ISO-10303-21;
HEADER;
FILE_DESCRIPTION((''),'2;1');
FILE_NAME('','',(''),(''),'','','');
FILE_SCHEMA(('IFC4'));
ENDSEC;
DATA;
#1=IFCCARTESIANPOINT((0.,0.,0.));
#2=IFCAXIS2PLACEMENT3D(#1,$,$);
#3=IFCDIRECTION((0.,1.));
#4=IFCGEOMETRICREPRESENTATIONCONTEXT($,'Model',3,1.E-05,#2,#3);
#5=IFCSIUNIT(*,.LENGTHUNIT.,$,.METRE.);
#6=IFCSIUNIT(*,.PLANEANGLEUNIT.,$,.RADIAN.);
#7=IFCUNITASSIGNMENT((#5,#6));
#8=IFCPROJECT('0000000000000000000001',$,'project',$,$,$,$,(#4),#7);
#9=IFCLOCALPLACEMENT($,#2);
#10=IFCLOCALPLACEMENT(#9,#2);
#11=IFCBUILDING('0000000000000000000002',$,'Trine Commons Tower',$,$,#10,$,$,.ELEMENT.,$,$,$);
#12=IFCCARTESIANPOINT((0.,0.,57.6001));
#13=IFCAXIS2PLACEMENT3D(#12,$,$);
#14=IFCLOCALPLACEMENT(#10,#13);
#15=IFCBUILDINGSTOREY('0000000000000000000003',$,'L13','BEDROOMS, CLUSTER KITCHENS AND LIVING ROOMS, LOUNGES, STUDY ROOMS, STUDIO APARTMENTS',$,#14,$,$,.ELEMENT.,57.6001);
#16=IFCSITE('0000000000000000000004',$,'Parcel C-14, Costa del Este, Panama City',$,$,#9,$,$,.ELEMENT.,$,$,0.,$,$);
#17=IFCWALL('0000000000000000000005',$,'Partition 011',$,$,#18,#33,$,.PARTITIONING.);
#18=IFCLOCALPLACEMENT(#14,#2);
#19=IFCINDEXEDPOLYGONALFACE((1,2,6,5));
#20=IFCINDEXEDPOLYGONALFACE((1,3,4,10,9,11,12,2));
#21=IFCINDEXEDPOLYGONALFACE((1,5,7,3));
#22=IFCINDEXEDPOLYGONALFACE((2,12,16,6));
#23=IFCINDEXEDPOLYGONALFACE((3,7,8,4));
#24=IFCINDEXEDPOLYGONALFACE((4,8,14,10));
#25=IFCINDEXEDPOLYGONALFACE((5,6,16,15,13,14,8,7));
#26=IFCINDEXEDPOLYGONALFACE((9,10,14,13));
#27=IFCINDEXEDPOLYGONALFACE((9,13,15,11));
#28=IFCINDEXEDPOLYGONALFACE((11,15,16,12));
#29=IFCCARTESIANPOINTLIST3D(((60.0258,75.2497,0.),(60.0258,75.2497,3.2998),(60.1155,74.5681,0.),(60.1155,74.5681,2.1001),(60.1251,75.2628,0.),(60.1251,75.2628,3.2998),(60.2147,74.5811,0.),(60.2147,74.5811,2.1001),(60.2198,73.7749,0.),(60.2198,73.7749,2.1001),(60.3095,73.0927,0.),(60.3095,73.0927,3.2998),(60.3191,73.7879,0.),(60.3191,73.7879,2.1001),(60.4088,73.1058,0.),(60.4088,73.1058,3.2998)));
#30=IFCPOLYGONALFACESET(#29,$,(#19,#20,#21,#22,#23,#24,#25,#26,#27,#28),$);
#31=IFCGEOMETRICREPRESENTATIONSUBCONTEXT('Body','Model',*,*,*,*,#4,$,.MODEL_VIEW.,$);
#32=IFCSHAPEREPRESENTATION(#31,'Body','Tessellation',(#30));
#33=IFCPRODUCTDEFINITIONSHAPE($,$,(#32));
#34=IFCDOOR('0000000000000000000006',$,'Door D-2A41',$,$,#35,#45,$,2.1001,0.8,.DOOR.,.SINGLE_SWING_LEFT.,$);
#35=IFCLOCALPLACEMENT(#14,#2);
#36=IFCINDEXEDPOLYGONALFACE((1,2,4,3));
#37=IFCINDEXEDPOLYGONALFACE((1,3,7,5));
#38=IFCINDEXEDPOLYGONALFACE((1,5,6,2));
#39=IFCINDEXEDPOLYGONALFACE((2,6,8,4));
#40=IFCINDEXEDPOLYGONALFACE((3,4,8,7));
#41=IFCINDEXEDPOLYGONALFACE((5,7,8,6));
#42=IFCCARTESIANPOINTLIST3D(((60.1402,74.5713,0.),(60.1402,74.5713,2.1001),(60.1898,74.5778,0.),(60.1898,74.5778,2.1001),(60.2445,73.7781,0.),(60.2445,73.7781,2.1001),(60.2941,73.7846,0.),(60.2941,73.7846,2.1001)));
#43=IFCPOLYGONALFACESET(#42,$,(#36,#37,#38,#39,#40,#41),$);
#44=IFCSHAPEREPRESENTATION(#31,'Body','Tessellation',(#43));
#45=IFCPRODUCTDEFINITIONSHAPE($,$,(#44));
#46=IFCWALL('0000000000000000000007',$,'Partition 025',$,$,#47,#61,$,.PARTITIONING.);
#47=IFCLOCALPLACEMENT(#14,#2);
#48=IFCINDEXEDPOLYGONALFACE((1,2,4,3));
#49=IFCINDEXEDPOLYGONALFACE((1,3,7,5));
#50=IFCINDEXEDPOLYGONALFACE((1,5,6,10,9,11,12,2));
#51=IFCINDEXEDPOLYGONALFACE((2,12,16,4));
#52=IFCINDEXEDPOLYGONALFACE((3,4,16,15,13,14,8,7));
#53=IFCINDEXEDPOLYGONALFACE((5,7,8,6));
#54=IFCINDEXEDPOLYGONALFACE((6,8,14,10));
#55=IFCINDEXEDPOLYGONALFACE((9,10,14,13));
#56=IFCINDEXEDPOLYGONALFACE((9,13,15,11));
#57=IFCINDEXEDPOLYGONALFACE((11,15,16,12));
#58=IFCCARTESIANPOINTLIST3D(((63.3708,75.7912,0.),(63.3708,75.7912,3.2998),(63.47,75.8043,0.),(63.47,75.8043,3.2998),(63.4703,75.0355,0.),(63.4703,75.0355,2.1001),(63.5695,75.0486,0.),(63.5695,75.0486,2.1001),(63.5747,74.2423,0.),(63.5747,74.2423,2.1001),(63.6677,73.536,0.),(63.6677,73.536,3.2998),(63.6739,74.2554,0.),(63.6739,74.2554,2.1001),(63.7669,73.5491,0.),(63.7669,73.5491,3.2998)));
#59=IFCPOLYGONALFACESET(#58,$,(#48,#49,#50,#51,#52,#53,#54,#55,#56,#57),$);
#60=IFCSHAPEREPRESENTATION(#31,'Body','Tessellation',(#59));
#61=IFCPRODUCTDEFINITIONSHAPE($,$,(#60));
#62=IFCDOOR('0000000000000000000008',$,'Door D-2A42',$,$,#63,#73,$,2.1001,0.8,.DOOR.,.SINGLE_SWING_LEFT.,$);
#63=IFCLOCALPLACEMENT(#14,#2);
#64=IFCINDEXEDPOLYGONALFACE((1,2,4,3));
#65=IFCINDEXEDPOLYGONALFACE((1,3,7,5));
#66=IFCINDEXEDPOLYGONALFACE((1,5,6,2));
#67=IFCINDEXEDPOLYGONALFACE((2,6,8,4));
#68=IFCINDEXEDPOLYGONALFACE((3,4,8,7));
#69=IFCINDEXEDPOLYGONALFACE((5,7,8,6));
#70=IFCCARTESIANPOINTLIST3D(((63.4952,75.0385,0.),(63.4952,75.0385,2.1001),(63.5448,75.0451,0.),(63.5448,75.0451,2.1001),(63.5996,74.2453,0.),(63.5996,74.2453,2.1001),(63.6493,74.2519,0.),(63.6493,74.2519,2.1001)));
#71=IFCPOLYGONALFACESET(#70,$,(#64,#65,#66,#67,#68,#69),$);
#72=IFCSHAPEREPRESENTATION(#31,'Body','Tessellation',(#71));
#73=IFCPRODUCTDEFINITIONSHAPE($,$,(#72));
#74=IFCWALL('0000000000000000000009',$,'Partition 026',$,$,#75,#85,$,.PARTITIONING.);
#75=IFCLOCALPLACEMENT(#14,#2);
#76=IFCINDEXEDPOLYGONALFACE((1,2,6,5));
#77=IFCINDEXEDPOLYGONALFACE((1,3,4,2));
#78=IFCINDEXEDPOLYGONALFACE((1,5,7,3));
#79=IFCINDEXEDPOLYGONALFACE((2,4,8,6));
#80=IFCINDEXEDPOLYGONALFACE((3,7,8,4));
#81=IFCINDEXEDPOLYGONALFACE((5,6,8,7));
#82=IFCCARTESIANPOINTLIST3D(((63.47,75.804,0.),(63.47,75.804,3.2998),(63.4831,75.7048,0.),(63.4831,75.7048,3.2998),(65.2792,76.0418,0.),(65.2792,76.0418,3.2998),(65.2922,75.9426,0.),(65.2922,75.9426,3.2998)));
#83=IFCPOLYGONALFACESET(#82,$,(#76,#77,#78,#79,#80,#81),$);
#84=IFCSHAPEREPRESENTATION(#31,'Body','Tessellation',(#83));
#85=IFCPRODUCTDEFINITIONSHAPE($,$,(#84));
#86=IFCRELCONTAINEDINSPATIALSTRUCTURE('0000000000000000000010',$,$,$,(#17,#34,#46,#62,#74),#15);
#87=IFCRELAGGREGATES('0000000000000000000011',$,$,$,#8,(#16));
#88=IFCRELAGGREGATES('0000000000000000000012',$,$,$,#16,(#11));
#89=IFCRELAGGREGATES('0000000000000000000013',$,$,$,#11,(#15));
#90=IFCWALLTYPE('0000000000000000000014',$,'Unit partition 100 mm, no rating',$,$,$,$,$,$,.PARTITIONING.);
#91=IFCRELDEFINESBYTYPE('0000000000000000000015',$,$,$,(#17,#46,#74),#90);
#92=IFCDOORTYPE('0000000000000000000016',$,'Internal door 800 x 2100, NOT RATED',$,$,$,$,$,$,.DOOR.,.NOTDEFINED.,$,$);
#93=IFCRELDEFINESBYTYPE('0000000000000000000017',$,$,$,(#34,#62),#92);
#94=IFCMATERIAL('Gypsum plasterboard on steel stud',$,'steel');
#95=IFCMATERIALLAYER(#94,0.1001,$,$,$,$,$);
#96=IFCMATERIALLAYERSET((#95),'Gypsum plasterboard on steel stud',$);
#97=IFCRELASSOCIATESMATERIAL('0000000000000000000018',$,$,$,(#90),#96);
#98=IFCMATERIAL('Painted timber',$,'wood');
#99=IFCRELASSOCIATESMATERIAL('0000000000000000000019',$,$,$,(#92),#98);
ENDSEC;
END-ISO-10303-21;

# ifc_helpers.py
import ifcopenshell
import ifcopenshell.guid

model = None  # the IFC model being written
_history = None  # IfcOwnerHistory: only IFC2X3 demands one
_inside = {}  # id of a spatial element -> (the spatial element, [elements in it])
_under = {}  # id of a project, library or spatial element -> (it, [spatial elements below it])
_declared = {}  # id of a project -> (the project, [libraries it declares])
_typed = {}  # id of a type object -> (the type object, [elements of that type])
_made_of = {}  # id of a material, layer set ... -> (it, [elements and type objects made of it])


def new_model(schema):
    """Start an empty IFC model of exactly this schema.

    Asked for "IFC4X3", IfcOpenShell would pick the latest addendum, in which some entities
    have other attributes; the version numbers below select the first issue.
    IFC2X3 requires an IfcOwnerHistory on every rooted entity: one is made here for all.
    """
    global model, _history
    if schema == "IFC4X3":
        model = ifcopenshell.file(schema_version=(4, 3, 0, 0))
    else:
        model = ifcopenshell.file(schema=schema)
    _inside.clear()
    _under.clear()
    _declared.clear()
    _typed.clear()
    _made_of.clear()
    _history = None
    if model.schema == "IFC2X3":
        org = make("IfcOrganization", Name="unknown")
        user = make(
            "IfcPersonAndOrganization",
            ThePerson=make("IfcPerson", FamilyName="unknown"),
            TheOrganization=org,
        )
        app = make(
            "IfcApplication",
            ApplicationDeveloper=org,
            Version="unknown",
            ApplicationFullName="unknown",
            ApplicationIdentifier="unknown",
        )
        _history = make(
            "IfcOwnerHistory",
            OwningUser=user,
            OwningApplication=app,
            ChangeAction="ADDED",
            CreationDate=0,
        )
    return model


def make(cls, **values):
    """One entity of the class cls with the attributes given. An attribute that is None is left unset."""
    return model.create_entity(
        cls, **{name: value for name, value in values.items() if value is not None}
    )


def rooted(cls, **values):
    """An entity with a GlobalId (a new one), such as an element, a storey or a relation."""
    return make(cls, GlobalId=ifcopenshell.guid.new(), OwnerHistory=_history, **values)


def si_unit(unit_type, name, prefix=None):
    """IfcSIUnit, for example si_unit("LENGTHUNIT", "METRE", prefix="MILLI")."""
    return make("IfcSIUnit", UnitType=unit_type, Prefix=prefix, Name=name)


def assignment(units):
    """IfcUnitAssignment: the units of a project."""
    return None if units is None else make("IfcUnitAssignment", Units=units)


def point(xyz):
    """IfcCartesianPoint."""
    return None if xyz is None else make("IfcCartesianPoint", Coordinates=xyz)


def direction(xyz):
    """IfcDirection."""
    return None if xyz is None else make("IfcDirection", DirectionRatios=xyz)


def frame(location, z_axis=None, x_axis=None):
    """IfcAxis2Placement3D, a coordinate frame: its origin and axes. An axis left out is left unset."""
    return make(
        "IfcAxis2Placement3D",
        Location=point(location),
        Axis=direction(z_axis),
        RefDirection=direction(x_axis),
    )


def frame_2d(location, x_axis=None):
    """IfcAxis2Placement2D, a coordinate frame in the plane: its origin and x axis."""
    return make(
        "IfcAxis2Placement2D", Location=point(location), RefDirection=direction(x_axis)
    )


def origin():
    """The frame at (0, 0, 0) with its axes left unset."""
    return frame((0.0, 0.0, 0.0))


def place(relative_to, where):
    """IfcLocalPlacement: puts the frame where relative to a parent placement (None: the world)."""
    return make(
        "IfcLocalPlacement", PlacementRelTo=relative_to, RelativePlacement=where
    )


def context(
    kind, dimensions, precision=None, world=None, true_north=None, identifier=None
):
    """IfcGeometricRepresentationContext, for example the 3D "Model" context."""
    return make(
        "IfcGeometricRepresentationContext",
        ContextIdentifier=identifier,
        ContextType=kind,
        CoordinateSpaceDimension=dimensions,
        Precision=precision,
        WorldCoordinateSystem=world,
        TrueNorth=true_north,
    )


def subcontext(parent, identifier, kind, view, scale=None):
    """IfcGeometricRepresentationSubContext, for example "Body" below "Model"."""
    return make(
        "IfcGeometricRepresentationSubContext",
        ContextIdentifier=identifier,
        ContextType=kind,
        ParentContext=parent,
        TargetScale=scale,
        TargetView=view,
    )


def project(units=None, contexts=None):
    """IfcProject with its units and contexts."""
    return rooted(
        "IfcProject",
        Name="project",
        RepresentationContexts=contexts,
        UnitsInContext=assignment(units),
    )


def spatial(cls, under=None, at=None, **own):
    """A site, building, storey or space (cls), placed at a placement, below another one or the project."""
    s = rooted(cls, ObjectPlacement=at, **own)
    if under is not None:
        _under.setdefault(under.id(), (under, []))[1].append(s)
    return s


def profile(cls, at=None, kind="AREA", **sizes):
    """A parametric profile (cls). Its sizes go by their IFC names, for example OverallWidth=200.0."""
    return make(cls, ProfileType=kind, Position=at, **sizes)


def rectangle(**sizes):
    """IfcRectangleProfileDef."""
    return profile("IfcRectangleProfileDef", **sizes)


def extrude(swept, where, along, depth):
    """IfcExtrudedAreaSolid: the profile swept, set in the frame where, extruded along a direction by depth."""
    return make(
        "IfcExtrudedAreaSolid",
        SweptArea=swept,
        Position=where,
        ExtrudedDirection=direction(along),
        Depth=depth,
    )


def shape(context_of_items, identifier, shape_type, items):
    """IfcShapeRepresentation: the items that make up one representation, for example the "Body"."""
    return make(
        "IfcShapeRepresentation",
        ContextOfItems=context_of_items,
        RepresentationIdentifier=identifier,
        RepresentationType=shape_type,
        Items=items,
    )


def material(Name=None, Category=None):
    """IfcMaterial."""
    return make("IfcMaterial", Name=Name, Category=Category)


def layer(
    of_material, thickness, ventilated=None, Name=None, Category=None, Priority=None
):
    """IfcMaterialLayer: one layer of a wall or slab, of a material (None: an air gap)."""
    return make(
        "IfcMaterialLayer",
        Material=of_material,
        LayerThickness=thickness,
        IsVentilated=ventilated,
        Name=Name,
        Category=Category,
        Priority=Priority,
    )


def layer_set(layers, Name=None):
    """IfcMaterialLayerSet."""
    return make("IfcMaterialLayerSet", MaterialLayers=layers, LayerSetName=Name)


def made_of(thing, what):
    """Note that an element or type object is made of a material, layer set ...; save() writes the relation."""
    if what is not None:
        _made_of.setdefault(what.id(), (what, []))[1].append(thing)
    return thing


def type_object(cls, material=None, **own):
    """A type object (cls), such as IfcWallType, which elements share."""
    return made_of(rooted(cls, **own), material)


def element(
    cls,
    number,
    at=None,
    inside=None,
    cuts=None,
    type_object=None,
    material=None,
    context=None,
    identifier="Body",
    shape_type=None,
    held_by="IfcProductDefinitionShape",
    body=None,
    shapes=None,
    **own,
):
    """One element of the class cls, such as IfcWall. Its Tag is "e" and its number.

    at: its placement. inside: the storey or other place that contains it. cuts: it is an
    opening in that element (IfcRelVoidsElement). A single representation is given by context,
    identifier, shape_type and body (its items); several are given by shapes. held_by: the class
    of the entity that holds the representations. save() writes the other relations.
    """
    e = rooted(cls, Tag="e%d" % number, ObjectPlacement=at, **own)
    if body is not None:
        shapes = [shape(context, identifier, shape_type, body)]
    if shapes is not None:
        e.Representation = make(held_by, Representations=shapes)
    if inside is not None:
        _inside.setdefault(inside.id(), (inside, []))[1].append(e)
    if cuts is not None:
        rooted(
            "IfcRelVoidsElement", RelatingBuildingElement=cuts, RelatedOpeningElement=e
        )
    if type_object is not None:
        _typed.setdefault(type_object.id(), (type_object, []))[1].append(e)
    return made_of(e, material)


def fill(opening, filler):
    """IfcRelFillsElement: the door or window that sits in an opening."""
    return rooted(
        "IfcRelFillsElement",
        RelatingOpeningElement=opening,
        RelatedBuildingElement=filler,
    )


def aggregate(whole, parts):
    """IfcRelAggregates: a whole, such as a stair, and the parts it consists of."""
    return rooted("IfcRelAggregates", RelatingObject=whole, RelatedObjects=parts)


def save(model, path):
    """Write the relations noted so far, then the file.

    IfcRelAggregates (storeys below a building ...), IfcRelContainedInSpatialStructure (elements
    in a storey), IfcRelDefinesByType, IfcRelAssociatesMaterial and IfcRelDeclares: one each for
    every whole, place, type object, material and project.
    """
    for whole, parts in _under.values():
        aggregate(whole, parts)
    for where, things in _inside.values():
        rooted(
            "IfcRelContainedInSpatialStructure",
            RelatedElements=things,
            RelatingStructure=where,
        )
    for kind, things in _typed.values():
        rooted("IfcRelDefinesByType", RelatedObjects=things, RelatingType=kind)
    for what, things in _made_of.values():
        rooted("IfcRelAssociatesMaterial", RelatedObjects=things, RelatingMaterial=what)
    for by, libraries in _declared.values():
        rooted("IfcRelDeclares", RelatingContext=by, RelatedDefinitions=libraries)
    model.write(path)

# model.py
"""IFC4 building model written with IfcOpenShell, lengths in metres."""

from ifc_helpers import new_model, si_unit, direction, frame, frame_2d, origin, place, context, subcontext, project, spatial, rectangle, extrude, material, layer, layer_set, type_object, element, fill, save


model = new_model("IFC4")

# Units and contexts
model_context = context("Model", 3, precision=1e-05, world=origin(), true_north=direction((0.0, 1.0)))
body_context = subcontext(model_context, "Body", "Model", "MODEL_VIEW")
ifc_project = project(units=[si_unit("LENGTHUNIT", "METRE"), si_unit("PLANEANGLEUNIT", "RADIAN")], contexts=[model_context])

# Site, building, storey
site_placement = place(None, origin())
site = spatial("IfcSite", under=ifc_project, at=site_placement, Name="Parcel C-14, Costa del Este, Panama City", CompositionType="ELEMENT", RefElevation=0.0)
building_placement = place(site_placement, origin())
building = spatial("IfcBuilding", under=site, at=building_placement, Name="Trine Commons Tower", CompositionType="ELEMENT")
storey_placement = place(building_placement, frame((0.0, 0.0, 57.6001)))
storey = spatial("IfcBuildingStorey", under=building, at=storey_placement, Name="L13", Description="BEDROOMS, CLUSTER KITCHENS AND LIVING ROOMS, LOUNGES, STUDY ROOMS, STUDIO APARTMENTS", CompositionType="ELEMENT", Elevation=57.6001)

# Shared definitions
ifc_material_1 = material(Name="Gypsum plasterboard on steel stud", Category="steel")

# Shared definitions
ifc_layer_1 = layer(ifc_material_1, 0.1001)
ifc_layer_set_1 = layer_set([ifc_layer_1], Name="Gypsum plasterboard on steel stud")
wall_type_1 = type_object("IfcWallType", Name="Unit partition 100 mm, no rating", PredefinedType="PARTITIONING", material=ifc_layer_set_1)

# Walls, openings, doors
wall_1_placement = place(storey_placement, frame((60.0754, 75.2563, 0.0), z_axis=(0.0, 0.0, 1.0), x_axis=(0.130399, -0.991462, 0.0)))
wall_1 = element("IfcWall", 1, at=wall_1_placement, inside=storey, type_object=wall_type_1, Name="Partition 011", PredefinedType="PARTITIONING", context=body_context, shape_type="SweptSolid", body=[
    extrude(rectangle(XDim=2.1755, YDim=0.1001, at=frame_2d((1.0879, 0.0))), origin(), (0.0, 0.0, 1.0), 3.2998),
])
opening_1_placement = place(wall_1_placement, frame((0.6877, 0.0, 0.0)))
opening_1 = element("IfcOpeningElement", 2, at=opening_1_placement, cuts=wall_1, PredefinedType="OPENING", context=body_context, shape_type="SweptSolid", body=[
    extrude(rectangle(XDim=0.8, YDim=2.1001, at=frame_2d((0.3999, 1.05))), frame((0.0, 0.0601, 0.0), z_axis=(0.0, -1.0, 0.0), x_axis=(1.0, 0.0, 0.0)), (0.0, 0.0, 1.0), 0.1201),
])
ifc_material_2 = material(Name="Painted timber", Category="wood")
door_type_1 = type_object("IfcDoorType", Name="Internal door 800 x 2100, NOT RATED", OperationType="NOTDEFINED", PredefinedType="DOOR", material=ifc_material_2)
door_1_placement = place(opening_1_placement, origin())
door_1 = element("IfcDoor", 3, at=door_1_placement, inside=storey, type_object=door_type_1, Name="Door D-2A41", OperationType="SINGLE_SWING_LEFT", OverallHeight=2.1001, OverallWidth=0.8, PredefinedType="DOOR", context=body_context, shape_type="SweptSolid", body=[
    extrude(rectangle(XDim=0.8, YDim=2.1001, at=frame_2d((0.3999, 1.05))), frame((0.0, 0.0249, 0.0), z_axis=(0.0, -1.0, 0.0), x_axis=(1.0, 0.0, 0.0)), (0.0, 0.0, 1.0), 0.05),
])
fill(opening_1, door_1)
wall_2_placement = place(storey_placement, frame((63.4204, 75.7976, 0.0), z_axis=(0.0, 0.0, 1.0), x_axis=(0.130518, -0.991446, 0.0)))
wall_2 = element("IfcWall", 4, at=wall_2_placement, inside=storey, type_object=wall_type_1, Name="Partition 025", PredefinedType="PARTITIONING", context=body_context, shape_type="SweptSolid", body=[
    extrude(rectangle(XDim=2.2747, YDim=0.1001, at=frame_2d((1.1372, 0.0))), origin(), (0.0, 0.0, 1.0), 3.2998),
])
opening_2_placement = place(wall_2_placement, frame((0.7622, 0.0, 0.0)))
opening_2 = element("IfcOpeningElement", 5, at=opening_2_placement, cuts=wall_2, PredefinedType="OPENING", context=body_context, shape_type="SweptSolid", body=[
    extrude(rectangle(XDim=0.8, YDim=2.1001, at=frame_2d((0.3999, 1.05))), frame((0.0, 0.0601, 0.0), z_axis=(0.0, -1.0, 0.0), x_axis=(1.0, 0.0, 0.0)), (0.0, 0.0, 1.0), 0.1201),
])
door_2_placement = place(opening_2_placement, frame((0.8, 0.0, 0.0), z_axis=(0.0, 0.0, 1.0), x_axis=(-1.0, 0.0, 0.0)))
door_2 = element("IfcDoor", 6, at=door_2_placement, inside=storey, type_object=door_type_1, Name="Door D-2A42", OperationType="SINGLE_SWING_LEFT", OverallHeight=2.1001, OverallWidth=0.8, PredefinedType="DOOR", context=body_context, shape_type="SweptSolid", body=[
    extrude(rectangle(XDim=0.8, YDim=2.1001, at=frame_2d((0.3999, 1.05))), frame((0.0, 0.0249, 0.0), z_axis=(0.0, -1.0, 0.0), x_axis=(1.0, 0.0, 0.0)), (0.0, 0.0, 1.0), 0.05),
])
fill(opening_2, door_2)

# Wall
wall_3_placement = place(storey_placement, frame((63.4766, 75.7544, 0.0), z_axis=(0.0, 0.0, 1.0), x_axis=(0.991472, 0.130323, 0.0)))
element("IfcWall", 7, at=wall_3_placement, inside=storey, type_object=wall_type_1, Name="Partition 026", PredefinedType="PARTITIONING", context=body_context, shape_type="SweptSolid", body=[
    extrude(rectangle(XDim=1.8247, YDim=0.1001, at=frame_2d((0.9124, 0.0))), origin(), (0.0, 0.0, 1.0), 3.2998),
])

save(model, "model.ifc")
